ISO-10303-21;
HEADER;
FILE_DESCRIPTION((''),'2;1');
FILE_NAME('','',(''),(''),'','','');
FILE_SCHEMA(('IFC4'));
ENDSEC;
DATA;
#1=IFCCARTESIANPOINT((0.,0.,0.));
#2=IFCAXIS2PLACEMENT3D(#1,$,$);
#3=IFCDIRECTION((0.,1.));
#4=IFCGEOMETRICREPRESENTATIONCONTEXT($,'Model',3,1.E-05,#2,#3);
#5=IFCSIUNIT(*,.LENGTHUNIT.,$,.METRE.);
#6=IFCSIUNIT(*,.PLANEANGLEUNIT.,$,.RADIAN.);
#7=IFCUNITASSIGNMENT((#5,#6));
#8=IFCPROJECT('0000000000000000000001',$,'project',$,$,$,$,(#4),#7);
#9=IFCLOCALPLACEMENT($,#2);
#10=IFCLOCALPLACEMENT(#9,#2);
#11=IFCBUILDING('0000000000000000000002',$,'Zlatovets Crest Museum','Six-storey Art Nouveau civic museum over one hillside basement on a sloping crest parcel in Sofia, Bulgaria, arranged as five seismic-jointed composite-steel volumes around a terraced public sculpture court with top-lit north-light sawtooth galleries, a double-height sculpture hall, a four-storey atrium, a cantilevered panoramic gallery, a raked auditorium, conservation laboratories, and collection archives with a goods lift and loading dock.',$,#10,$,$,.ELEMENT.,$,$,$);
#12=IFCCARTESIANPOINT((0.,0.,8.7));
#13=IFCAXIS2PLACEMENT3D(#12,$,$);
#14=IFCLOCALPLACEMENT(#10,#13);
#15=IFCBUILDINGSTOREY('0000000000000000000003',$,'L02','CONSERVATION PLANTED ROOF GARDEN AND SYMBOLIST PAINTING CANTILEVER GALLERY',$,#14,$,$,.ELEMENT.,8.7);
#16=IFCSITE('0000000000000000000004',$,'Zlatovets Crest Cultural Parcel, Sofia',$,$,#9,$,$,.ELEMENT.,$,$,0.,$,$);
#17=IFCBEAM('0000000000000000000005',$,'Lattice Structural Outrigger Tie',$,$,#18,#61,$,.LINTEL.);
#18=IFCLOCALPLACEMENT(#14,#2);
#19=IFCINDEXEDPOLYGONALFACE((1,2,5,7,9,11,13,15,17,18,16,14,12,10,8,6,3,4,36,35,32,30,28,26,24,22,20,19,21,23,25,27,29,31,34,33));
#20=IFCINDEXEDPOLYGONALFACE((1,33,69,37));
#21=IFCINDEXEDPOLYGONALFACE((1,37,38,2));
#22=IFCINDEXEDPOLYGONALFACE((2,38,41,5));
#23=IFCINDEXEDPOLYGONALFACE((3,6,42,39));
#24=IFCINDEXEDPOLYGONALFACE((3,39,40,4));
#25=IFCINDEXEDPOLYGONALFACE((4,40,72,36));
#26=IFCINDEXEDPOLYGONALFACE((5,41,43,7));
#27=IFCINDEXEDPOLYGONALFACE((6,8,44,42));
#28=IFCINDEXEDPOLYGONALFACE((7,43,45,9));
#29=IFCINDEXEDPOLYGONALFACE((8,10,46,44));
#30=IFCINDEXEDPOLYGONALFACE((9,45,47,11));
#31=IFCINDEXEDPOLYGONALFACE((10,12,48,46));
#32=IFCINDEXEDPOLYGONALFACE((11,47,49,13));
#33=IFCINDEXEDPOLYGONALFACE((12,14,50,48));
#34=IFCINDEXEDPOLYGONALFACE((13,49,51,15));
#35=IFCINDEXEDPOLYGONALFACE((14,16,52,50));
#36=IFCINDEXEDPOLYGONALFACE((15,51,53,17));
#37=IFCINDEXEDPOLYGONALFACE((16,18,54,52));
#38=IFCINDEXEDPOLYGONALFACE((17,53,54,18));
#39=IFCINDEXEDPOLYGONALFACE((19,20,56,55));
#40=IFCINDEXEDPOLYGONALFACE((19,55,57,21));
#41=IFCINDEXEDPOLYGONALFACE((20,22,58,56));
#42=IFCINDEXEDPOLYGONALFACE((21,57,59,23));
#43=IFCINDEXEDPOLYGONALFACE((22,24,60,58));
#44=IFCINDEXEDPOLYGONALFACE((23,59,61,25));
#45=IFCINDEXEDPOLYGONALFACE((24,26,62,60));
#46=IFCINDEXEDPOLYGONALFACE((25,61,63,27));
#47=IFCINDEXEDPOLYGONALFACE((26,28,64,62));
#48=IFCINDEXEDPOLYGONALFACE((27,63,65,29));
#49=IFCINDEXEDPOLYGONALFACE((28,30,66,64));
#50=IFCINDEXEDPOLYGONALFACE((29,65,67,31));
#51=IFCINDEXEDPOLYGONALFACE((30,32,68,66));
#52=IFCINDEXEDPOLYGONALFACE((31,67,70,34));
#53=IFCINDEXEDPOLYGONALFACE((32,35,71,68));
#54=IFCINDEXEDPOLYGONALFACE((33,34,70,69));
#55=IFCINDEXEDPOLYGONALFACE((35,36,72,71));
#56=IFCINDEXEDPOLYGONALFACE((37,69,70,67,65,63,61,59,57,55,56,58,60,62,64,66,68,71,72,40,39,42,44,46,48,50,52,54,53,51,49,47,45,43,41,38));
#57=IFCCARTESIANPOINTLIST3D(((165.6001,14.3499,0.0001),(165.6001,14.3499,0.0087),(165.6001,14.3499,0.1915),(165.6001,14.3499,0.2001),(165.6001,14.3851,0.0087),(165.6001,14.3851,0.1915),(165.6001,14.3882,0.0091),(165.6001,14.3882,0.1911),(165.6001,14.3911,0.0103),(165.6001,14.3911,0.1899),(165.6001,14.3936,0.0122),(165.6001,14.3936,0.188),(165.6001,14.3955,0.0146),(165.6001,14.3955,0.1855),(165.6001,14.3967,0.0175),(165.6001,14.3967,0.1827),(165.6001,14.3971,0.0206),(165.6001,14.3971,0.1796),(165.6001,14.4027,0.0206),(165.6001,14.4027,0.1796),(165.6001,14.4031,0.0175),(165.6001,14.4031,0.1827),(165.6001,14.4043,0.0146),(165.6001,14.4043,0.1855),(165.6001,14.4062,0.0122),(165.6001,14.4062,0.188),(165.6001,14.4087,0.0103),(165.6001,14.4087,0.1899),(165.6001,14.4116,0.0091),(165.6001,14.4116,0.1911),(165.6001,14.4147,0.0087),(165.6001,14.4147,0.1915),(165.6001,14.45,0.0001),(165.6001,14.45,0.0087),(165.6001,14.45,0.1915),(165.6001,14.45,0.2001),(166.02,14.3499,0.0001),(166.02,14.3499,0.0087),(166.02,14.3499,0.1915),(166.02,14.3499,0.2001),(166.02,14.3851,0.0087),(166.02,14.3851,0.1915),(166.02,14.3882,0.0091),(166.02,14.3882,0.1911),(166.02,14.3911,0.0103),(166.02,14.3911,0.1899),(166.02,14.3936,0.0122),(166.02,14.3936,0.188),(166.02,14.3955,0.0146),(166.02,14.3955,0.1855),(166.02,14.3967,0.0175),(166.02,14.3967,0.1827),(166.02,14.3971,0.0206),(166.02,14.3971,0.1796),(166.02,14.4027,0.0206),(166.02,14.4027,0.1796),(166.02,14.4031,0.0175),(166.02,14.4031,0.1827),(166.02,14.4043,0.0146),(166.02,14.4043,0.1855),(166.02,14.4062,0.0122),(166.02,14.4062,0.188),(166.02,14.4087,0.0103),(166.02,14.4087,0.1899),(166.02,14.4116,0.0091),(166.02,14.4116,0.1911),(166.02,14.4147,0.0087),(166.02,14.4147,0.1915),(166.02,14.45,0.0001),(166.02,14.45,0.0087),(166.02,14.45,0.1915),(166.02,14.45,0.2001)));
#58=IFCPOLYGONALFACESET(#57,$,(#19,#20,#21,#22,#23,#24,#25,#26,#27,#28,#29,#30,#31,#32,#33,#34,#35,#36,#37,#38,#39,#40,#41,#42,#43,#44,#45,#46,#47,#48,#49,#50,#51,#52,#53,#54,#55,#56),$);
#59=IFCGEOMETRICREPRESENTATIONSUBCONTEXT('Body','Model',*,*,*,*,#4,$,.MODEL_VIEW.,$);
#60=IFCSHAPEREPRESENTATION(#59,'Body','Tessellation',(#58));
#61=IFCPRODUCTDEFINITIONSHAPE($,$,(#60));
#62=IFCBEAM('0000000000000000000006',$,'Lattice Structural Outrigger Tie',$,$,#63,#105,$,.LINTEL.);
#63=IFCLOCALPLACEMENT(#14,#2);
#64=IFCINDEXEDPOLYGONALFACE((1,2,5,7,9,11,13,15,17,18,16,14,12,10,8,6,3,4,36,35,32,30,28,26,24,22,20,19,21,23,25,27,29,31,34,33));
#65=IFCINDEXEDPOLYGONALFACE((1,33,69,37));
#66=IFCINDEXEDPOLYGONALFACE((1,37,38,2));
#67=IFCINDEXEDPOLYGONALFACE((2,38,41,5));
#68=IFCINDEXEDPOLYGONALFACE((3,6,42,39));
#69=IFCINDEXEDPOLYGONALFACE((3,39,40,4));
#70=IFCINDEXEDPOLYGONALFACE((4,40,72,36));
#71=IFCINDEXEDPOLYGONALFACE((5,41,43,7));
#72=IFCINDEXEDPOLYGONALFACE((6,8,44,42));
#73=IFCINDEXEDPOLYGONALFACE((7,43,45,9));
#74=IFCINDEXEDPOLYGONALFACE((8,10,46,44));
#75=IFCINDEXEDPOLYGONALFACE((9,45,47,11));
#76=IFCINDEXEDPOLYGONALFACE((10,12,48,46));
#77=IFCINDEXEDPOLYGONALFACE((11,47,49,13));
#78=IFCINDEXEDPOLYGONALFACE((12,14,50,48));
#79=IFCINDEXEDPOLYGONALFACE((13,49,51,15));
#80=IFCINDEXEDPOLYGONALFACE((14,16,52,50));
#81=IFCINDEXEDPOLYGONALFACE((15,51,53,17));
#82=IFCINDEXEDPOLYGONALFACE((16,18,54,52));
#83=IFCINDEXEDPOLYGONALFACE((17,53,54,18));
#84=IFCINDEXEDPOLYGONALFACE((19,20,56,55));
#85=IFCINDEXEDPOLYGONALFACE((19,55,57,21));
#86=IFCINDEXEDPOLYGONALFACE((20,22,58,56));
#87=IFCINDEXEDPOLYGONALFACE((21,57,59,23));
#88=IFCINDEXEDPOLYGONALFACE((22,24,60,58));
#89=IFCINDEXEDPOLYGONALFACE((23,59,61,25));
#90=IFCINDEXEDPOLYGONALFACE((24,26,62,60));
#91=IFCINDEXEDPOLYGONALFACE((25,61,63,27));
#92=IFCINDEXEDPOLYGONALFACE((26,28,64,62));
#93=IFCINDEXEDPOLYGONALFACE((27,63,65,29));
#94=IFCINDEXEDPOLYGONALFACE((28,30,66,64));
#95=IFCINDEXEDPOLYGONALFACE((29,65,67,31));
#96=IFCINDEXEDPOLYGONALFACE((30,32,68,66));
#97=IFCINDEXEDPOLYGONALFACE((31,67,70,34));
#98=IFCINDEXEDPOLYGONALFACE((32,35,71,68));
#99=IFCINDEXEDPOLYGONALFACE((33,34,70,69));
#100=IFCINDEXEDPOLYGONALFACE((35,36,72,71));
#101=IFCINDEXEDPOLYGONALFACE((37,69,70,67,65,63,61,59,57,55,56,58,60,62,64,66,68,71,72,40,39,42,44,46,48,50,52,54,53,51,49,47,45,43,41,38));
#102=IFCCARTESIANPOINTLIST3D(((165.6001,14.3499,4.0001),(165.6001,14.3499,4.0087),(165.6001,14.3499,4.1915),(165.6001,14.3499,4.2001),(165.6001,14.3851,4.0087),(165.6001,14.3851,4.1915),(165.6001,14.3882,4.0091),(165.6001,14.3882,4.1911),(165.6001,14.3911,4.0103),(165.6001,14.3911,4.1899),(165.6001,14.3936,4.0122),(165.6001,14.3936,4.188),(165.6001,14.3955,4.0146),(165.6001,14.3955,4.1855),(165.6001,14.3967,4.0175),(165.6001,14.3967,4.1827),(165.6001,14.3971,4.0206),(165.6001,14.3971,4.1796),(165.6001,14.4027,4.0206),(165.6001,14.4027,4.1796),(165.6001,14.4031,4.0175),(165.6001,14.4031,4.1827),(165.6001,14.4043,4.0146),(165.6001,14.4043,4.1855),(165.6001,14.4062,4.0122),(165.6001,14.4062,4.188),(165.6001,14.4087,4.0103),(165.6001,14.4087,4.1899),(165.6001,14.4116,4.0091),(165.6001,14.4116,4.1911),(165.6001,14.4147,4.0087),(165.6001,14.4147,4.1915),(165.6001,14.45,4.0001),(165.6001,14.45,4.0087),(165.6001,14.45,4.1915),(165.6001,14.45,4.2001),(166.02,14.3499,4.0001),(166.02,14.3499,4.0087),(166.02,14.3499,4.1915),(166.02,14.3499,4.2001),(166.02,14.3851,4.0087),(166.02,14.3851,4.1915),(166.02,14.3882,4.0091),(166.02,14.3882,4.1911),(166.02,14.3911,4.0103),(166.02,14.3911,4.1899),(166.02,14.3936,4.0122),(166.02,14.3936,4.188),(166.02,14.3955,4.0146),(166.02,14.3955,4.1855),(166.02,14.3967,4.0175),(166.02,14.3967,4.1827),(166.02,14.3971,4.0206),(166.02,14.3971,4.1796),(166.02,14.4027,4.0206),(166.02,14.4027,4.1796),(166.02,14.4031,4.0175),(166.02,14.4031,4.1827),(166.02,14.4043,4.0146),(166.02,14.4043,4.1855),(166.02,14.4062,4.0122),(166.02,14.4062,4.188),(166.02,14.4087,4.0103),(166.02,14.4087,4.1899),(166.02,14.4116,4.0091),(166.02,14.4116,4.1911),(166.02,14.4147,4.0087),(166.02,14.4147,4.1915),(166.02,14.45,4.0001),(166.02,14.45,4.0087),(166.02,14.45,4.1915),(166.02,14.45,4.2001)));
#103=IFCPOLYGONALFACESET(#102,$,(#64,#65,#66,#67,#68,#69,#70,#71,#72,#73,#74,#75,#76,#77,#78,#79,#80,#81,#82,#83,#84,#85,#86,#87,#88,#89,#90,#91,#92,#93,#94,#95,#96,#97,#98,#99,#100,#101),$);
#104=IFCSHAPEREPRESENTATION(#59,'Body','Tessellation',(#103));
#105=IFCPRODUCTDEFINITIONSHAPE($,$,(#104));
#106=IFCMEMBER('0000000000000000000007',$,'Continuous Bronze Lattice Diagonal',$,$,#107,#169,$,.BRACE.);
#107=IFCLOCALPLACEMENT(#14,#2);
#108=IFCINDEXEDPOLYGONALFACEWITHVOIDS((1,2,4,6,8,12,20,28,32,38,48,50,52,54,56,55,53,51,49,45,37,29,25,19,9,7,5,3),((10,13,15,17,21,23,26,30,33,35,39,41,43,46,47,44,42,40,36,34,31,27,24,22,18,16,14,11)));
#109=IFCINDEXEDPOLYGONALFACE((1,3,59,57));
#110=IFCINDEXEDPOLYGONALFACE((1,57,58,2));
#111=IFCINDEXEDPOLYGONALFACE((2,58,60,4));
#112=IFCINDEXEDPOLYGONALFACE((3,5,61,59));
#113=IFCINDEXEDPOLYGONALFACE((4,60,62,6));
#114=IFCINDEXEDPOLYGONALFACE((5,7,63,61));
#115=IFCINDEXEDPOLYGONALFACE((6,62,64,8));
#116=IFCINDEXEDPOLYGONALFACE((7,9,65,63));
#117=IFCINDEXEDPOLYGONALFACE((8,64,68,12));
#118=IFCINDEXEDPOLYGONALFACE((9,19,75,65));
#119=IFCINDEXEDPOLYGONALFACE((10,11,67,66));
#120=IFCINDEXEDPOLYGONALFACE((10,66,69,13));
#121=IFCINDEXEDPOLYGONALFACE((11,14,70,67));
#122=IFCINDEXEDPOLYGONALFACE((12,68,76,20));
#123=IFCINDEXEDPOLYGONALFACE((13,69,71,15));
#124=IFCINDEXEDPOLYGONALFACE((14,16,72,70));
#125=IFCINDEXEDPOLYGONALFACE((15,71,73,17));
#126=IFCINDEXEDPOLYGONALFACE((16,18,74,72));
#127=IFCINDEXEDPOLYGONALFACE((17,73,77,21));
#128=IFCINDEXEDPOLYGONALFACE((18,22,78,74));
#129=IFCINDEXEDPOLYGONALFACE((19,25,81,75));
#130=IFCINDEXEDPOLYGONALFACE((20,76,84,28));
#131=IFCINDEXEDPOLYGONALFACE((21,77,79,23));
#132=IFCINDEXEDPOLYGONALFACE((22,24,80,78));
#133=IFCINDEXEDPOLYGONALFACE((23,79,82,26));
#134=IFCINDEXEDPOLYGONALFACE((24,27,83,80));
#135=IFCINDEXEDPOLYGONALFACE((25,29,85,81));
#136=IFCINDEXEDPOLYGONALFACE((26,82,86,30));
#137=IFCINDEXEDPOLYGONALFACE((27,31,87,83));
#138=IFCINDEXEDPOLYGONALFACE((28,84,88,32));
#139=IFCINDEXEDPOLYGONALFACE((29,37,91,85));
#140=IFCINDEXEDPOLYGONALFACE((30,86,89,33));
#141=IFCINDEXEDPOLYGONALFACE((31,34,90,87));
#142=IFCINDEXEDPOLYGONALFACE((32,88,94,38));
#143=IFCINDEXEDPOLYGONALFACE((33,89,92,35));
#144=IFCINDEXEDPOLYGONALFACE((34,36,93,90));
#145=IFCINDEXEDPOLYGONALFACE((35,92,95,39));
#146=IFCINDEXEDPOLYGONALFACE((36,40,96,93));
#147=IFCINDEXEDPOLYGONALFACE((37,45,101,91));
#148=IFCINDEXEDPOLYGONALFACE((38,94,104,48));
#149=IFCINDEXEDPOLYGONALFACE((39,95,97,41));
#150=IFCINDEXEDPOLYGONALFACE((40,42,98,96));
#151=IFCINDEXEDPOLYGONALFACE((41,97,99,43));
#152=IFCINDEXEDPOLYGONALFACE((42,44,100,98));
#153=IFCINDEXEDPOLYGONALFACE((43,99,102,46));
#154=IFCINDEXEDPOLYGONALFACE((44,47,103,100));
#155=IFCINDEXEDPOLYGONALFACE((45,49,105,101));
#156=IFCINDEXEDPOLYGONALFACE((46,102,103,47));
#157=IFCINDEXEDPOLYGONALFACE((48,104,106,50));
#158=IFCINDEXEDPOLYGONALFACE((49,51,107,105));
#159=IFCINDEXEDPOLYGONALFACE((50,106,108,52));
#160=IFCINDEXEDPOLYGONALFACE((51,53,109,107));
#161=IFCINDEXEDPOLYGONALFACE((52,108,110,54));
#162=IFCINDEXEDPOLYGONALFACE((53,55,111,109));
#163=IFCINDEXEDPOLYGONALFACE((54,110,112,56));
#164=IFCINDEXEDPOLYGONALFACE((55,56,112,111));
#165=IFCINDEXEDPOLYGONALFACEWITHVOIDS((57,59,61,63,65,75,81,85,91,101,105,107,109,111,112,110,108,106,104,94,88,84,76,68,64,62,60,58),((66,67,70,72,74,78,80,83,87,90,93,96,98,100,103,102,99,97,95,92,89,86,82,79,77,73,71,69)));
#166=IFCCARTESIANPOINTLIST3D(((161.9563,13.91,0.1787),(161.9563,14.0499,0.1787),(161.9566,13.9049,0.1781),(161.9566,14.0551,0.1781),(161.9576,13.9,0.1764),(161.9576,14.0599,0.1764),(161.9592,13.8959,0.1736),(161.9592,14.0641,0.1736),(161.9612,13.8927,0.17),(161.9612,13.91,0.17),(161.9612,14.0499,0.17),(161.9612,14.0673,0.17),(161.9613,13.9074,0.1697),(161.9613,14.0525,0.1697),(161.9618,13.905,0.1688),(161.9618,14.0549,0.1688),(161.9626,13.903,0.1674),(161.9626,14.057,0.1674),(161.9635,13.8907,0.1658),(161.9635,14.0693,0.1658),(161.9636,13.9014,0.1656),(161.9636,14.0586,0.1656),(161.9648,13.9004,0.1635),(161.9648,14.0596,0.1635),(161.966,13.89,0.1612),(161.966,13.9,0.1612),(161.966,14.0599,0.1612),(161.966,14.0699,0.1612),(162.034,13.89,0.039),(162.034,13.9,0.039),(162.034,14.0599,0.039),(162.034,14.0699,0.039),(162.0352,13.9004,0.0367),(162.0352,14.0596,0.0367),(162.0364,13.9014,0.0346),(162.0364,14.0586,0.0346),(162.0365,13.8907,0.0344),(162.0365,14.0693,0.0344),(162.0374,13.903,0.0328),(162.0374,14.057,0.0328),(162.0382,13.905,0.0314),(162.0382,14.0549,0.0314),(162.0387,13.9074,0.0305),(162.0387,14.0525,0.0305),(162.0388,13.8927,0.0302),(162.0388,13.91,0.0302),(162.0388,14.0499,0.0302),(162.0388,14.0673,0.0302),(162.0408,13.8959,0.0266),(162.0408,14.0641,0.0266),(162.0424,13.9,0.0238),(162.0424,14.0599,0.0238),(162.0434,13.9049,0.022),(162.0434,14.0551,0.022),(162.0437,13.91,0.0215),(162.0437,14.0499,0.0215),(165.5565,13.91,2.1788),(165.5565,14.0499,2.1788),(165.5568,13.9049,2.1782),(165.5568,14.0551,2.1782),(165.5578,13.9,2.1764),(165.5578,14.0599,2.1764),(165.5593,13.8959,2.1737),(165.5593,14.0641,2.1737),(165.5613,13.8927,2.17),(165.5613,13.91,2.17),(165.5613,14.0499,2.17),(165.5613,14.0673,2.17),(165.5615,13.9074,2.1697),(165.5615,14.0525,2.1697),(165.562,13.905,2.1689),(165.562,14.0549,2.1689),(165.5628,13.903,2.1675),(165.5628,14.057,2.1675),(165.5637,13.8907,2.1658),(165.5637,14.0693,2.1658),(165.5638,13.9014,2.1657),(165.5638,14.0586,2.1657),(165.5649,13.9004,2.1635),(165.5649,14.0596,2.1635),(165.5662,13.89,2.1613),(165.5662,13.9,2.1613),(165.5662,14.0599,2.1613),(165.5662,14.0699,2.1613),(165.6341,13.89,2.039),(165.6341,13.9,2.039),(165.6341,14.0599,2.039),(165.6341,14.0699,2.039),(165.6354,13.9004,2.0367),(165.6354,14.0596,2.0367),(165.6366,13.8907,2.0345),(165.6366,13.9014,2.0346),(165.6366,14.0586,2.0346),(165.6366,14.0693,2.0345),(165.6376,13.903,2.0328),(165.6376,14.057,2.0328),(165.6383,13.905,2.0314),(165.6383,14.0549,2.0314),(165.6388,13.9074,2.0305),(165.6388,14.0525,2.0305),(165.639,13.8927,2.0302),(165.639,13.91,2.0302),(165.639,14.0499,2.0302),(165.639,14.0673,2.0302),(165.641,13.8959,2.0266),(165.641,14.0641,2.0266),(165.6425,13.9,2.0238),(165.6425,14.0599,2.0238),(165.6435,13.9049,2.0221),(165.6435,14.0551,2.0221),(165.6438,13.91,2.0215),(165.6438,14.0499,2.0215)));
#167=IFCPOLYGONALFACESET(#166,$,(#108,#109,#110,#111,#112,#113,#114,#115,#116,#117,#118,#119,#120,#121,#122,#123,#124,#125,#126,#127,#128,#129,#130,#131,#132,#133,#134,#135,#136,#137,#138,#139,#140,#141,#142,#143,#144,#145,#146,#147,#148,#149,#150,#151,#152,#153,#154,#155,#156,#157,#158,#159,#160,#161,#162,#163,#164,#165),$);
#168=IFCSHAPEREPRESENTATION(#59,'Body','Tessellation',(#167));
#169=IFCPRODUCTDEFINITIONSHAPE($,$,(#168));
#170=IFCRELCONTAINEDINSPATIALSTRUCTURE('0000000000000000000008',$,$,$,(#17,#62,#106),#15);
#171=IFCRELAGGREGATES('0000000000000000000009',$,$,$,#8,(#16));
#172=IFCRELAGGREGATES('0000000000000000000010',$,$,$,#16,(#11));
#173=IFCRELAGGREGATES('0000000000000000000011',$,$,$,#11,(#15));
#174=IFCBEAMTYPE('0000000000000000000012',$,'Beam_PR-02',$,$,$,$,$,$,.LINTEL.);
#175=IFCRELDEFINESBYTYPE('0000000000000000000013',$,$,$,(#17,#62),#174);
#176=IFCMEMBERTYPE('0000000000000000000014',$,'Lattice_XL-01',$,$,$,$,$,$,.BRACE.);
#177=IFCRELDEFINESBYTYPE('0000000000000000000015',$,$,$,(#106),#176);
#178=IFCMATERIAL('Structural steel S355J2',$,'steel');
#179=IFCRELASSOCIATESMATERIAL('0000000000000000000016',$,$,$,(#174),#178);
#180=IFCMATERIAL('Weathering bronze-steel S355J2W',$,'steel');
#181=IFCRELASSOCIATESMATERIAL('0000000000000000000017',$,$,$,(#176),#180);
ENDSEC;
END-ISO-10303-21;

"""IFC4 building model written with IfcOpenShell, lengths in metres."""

from ifc_helpers import new_model, si_unit, direction, frame, origin, origin_2d, place, context, subcontext, project, spatial, hollow_rectangle, i_section, extrude, material, material_profile, profile_set, type_object, element, save


model = new_model("IFC4")

# Units and contexts
model_context = context("Model", 3, precision=1e-05, world=origin(), true_north=direction((0.0, 1.0)))
body_context = subcontext(model_context, "Body", "Model", "MODEL_VIEW")
ifc_project = project(units=[si_unit("LENGTHUNIT", "METRE"), si_unit("PLANEANGLEUNIT", "RADIAN")], contexts=[model_context])

# Site, building, storey
site_placement = place(None, origin())
site = spatial("IfcSite", under=ifc_project, at=site_placement, Name="Zlatovets Crest Cultural Parcel, Sofia", CompositionType="ELEMENT", RefElevation=0.0)
building_placement = place(site_placement, origin())
building = spatial("IfcBuilding", under=site, at=building_placement, Name="Zlatovets Crest Museum", Description="Six-storey Art Nouveau civic museum over one hillside basement on a sloping crest parcel in Sofia, Bulgaria, arranged as five seismic-jointed composite-steel volumes around a terraced public sculpture court with top-lit north-light sawtooth galleries, a double-height sculpture hall, a four-storey atrium, a cantilevered panoramic gallery, a raked auditorium, conservation laboratories, and collection archives with a goods lift and loading dock.", CompositionType="ELEMENT")
storey_placement = place(building_placement, frame((0.0, 0.0, 8.7)))
storey = spatial("IfcBuildingStorey", under=building, at=storey_placement, Name="L02", Description="CONSERVATION PLANTED ROOF GARDEN AND SYMBOLIST PAINTING CANTILEVER GALLERY", CompositionType="ELEMENT", Elevation=8.7)

# Shared definitions
ifc_material_1 = material(Name="Structural steel S355J2", Category="steel")

# Beams
ifc_material_profile_1 = material_profile(ifc_material_1, i_section(OverallWidth=0.1001, OverallDepth=0.2, WebThickness=0.0056, FlangeThickness=0.0085, FilletRadius=0.012, at=origin_2d()), Name="IPE 200")
ifc_profile_set_1 = profile_set([ifc_material_profile_1], Name="Structural steel S355J2")
beam_type_1 = type_object("IfcBeamType", Name="Beam_PR-02", PredefinedType="LINTEL", material=ifc_profile_set_1)
for number, where, z_axis, x_axis, name in (
    (1, (165.6001, 14.3999, 0.1001), (1.0, 0.0, 0.0), (0.0, 1.0, 0.0), "Lattice Structural Outrigger Tie"),
    (2, (165.6001, 14.3999, 4.1001), (1.0, 0.0, 0.0), (0.0, 1.0, 0.0), "Lattice Structural Outrigger Tie"),
):
    element("IfcBeam", number, at=place(storey_placement, frame(where, z_axis=z_axis, x_axis=x_axis)), inside=storey, type_object=beam_type_1, Name=name, PredefinedType="LINTEL", context=body_context, shape_type="SweptSolid", body=[
        extrude(i_section(OverallWidth=0.1001, OverallDepth=0.2, WebThickness=0.0056, FlangeThickness=0.0085, FilletRadius=0.012, at=origin_2d()), origin(), (0.0, 0.0, 1.0), 0.4199),
    ])

# Member
ifc_material_2 = material(Name="Weathering bronze-steel S355J2W", Category="steel")
ifc_material_profile_2 = material_profile(ifc_material_2, hollow_rectangle(XDim=0.1799, YDim=0.1799, WallThickness=0.01, InnerFilletRadius=0.01, OuterFilletRadius=0.02, at=origin_2d()), Name="SHS 180x180x10.0")
ifc_profile_set_2 = profile_set([ifc_material_profile_2], Name="Weathering bronze-steel S355J2W")
member_type_1 = type_object("IfcMemberType", Name="Lattice_XL-01", PredefinedType="BRACE", material=ifc_profile_set_2)
member_1_placement = place(storey_placement, frame((162.0, 13.98, 0.1001), z_axis=(0.874163, 0.0, 0.485633), x_axis=(0.0, 1.0, 0.0)))
element("IfcMember", 3, at=member_1_placement, inside=storey, type_object=member_type_1, Name="Continuous Bronze Lattice Diagonal", PredefinedType="BRACE", context=body_context, shape_type="SweptSolid", body=[
    extrude(hollow_rectangle(XDim=0.1799, YDim=0.1799, WallThickness=0.01, InnerFilletRadius=0.01, OuterFilletRadius=0.02, at=origin_2d()), origin(), (0.0, 0.0, 1.0), 4.1184),
])

save(model, "model.ifc")
